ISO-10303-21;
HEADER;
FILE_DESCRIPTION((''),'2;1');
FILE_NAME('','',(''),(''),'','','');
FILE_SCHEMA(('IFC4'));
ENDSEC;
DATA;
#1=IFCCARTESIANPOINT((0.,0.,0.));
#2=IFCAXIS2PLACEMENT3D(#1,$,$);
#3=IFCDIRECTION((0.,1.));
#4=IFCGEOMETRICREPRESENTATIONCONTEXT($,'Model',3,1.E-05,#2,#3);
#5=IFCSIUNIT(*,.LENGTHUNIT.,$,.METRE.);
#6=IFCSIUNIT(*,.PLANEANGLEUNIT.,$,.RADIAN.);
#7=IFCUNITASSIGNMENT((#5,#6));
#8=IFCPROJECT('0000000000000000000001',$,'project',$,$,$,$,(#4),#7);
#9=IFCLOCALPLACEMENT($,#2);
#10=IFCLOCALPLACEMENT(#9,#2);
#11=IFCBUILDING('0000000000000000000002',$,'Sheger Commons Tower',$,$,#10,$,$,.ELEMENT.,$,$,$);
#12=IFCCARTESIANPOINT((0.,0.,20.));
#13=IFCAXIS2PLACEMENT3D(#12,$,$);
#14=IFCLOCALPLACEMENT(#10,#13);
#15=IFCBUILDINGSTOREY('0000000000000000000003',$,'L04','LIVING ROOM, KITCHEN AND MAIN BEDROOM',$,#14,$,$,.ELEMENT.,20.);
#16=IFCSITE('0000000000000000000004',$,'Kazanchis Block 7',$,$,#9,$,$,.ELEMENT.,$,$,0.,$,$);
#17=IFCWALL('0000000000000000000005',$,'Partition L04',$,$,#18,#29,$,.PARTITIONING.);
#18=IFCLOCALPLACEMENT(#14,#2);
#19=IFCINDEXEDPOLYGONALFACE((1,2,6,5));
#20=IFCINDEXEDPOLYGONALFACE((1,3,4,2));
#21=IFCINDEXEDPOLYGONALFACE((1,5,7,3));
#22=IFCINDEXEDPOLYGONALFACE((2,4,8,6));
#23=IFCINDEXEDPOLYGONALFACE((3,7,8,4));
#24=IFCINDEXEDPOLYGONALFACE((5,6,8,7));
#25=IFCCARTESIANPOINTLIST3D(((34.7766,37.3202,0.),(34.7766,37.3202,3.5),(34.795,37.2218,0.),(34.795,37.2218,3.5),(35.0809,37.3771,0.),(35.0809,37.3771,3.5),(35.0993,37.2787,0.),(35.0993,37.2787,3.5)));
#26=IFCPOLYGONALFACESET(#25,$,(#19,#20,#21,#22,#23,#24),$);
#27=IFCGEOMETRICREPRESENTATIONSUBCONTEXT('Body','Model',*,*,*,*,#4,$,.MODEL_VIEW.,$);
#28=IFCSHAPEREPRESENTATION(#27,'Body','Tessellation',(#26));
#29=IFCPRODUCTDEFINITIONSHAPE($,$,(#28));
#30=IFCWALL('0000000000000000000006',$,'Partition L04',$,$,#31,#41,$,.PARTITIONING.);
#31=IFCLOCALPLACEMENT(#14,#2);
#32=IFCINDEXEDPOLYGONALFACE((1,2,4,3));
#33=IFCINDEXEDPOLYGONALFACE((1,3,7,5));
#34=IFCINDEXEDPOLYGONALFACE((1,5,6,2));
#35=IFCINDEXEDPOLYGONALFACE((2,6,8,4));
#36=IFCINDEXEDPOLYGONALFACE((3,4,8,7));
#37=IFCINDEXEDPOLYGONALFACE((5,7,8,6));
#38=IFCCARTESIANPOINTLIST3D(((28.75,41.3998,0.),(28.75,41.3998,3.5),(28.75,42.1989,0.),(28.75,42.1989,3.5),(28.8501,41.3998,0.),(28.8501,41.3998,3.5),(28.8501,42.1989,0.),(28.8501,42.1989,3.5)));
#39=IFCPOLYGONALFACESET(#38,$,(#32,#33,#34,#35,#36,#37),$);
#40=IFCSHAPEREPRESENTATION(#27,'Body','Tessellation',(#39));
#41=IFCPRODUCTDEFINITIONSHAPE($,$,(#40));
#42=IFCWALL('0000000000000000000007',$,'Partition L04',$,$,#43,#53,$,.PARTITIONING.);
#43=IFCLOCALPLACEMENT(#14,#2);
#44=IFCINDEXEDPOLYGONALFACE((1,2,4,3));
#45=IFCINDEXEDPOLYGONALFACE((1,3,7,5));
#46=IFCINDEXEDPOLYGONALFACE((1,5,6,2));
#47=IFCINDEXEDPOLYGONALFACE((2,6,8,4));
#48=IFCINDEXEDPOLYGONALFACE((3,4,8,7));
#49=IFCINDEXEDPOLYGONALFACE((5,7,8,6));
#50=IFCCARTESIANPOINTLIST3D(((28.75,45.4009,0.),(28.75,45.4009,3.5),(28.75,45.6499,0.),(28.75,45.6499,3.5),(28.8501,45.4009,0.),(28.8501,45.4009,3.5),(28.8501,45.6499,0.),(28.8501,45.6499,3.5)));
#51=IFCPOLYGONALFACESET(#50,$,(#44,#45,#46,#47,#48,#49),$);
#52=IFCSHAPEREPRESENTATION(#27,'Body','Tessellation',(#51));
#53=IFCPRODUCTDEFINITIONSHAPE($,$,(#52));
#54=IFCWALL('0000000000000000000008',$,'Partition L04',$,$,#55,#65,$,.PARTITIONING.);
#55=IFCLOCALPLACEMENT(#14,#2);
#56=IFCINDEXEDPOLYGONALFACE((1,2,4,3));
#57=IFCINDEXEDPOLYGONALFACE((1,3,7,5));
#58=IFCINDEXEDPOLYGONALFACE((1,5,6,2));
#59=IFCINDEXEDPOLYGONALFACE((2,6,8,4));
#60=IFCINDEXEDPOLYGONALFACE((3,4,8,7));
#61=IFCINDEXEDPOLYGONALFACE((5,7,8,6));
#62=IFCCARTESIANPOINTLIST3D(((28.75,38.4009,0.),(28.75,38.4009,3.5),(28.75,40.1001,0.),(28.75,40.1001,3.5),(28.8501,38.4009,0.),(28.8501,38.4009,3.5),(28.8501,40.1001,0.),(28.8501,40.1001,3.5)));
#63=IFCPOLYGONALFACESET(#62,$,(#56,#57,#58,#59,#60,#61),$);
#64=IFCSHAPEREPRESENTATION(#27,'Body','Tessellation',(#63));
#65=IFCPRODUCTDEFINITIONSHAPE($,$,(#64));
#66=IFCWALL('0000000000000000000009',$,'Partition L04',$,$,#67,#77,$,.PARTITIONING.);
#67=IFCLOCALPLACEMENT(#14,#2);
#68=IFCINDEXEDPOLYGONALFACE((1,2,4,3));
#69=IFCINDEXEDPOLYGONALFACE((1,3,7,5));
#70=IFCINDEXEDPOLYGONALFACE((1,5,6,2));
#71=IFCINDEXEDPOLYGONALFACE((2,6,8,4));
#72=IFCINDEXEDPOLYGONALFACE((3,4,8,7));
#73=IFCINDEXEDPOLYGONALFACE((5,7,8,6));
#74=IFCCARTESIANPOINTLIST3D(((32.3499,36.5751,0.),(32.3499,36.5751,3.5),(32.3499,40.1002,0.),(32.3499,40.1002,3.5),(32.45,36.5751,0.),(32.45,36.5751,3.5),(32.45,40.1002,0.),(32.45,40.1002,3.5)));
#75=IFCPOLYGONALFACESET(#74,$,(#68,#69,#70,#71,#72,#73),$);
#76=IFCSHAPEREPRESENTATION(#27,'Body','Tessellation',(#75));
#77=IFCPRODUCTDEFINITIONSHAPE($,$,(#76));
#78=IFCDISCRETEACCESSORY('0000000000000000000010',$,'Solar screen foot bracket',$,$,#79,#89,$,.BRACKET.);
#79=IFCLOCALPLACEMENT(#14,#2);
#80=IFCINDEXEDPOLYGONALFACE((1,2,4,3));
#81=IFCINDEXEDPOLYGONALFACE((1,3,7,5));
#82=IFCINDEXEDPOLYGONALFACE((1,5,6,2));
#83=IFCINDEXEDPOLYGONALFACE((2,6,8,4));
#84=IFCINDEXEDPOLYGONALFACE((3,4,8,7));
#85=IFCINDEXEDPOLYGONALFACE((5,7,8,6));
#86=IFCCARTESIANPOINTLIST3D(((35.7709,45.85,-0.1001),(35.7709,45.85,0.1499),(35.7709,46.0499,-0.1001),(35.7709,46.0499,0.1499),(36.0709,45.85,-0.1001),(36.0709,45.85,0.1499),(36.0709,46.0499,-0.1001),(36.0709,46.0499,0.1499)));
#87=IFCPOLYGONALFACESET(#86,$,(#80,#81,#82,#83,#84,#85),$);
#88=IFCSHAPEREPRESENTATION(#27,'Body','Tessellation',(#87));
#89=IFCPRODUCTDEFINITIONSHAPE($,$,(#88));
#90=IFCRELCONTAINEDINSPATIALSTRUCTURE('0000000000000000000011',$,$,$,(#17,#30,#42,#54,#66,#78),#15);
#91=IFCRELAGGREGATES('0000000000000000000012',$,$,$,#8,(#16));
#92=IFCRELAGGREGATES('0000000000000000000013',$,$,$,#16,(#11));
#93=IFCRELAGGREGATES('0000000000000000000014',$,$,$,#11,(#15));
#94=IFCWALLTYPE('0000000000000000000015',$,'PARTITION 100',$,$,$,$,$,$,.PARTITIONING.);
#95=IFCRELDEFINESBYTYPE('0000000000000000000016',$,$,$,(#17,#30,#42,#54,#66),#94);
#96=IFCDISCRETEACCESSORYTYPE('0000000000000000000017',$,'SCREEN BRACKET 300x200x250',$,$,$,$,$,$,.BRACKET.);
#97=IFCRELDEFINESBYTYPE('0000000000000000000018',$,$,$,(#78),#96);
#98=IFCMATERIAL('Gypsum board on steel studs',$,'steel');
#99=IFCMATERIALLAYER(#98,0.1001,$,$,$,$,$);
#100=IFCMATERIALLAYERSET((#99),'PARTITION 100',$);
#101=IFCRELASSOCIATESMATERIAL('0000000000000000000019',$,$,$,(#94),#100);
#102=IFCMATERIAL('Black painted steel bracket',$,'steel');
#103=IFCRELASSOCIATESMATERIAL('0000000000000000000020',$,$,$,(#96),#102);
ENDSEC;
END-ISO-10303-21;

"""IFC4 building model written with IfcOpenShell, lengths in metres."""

from ifc_helpers import new_model, si_unit, direction, frame, frame_2d, origin, origin_2d, place, context, subcontext, project, spatial, rectangle, extrude, material, layer, layer_set, type_object, element, save


model = new_model("IFC4")

# Units and contexts
model_context = context("Model", 3, precision=1e-05, world=origin(), true_north=direction((0.0, 1.0)))
body_context = subcontext(model_context, "Body", "Model", "MODEL_VIEW")
ifc_project = project(units=[si_unit("LENGTHUNIT", "METRE"), si_unit("PLANEANGLEUNIT", "RADIAN")], contexts=[model_context])

# Site, building, storey
site_placement = place(None, origin())
site = spatial("IfcSite", under=ifc_project, at=site_placement, Name="Kazanchis Block 7", CompositionType="ELEMENT", RefElevation=0.0)
building_placement = place(site_placement, origin())
building = spatial("IfcBuilding", under=site, at=building_placement, Name="Sheger Commons Tower", CompositionType="ELEMENT")
storey_placement = place(building_placement, frame((0.0, 0.0, 20.0)))
storey = spatial("IfcBuildingStorey", under=building, at=storey_placement, Name="L04", Description="LIVING ROOM, KITCHEN AND MAIN BEDROOM", CompositionType="ELEMENT", Elevation=20.0)

# Walls
ifc_material_1 = material(Name="Gypsum board on steel studs", Category="steel")
ifc_layer_1 = layer(ifc_material_1, 0.1001)
ifc_layer_set_1 = layer_set([ifc_layer_1], Name="PARTITION 100")
wall_type_1 = type_object("IfcWallType", Name="PARTITION 100", PredefinedType="PARTITIONING", material=ifc_layer_set_1)
wall_1_placement = place(storey_placement, frame((35.0901, 37.3279, 0.0), z_axis=(0.0, 0.0, 1.0), x_axis=(-0.982961, -0.183812, 0.0)))
element("IfcWall", 1, at=wall_1_placement, inside=storey, type_object=wall_type_1, Name="Partition L04", PredefinedType="PARTITIONING", context=body_context, shape_type="SweptSolid", body=[
    extrude(rectangle(XDim=0.3096, YDim=0.1001, at=frame_2d((0.1548, 0.0))), origin(), (0.0, 0.0, 1.0), 3.5),
])
wall_2_placement = place(storey_placement, frame((28.8, 41.3999, 0.0), z_axis=(0.0, 0.0, 1.0), x_axis=(0.0, 1.0, 0.0)))
element("IfcWall", 2, at=wall_2_placement, inside=storey, type_object=wall_type_1, Name="Partition L04", PredefinedType="PARTITIONING", context=body_context, shape_type="SweptSolid", body=[
    extrude(rectangle(XDim=0.7991, YDim=0.1001, at=frame_2d((0.3994, 0.0))), origin(), (0.0, 0.0, 1.0), 3.5),
])
wall_3_placement = place(storey_placement, frame((28.8, 45.4009, 0.0), z_axis=(0.0, 0.0, 1.0), x_axis=(0.0, 1.0, 0.0)))
element("IfcWall", 3, at=wall_3_placement, inside=storey, type_object=wall_type_1, Name="Partition L04", PredefinedType="PARTITIONING", context=body_context, shape_type="SweptSolid", body=[
    extrude(rectangle(XDim=0.249, YDim=0.1001, at=frame_2d((0.1245, 0.0))), origin(), (0.0, 0.0, 1.0), 3.5),
])
wall_4_placement = place(storey_placement, frame((28.8, 38.4009, 0.0), z_axis=(0.0, 0.0, 1.0), x_axis=(0.0, 1.0, 0.0)))
element("IfcWall", 4, at=wall_4_placement, inside=storey, type_object=wall_type_1, Name="Partition L04", PredefinedType="PARTITIONING", context=body_context, shape_type="SweptSolid", body=[
    extrude(rectangle(XDim=1.6992, YDim=0.1001, at=frame_2d((0.8496, 0.0))), origin(), (0.0, 0.0, 1.0), 3.5),
])
wall_5_placement = place(storey_placement, frame((32.3999, 36.575, 0.0), z_axis=(0.0, 0.0, 1.0), x_axis=(0.0, 1.0, 0.0)))
element("IfcWall", 5, at=wall_5_placement, inside=storey, type_object=wall_type_1, Name="Partition L04", PredefinedType="PARTITIONING", context=body_context, shape_type="SweptSolid", body=[
    extrude(rectangle(XDim=3.5251, YDim=0.1001, at=frame_2d((1.7627, 0.0))), origin(), (0.0, 0.0, 1.0), 3.5),
])

# Discrete accessory
ifc_material_2 = material(Name="Black painted steel bracket", Category="steel")
discrete_accessory_type = type_object("IfcDiscreteAccessoryType", Name="SCREEN BRACKET 300x200x250", PredefinedType="BRACKET", material=ifc_material_2)
discrete_accessory_placement = place(storey_placement, frame((35.9209, 45.95, -0.1001), z_axis=(0.0, 0.0, 1.0), x_axis=(-1.0, 0.0, 0.0)))
element("IfcDiscreteAccessory", 6, at=discrete_accessory_placement, inside=storey, type_object=discrete_accessory_type, Name="Solar screen foot bracket", PredefinedType="BRACKET", context=body_context, shape_type="SweptSolid", body=[
    extrude(rectangle(XDim=0.3, YDim=0.2, at=origin_2d()), origin(), (0.0, 0.0, 1.0), 0.25),
])

save(model, "model.ifc")
